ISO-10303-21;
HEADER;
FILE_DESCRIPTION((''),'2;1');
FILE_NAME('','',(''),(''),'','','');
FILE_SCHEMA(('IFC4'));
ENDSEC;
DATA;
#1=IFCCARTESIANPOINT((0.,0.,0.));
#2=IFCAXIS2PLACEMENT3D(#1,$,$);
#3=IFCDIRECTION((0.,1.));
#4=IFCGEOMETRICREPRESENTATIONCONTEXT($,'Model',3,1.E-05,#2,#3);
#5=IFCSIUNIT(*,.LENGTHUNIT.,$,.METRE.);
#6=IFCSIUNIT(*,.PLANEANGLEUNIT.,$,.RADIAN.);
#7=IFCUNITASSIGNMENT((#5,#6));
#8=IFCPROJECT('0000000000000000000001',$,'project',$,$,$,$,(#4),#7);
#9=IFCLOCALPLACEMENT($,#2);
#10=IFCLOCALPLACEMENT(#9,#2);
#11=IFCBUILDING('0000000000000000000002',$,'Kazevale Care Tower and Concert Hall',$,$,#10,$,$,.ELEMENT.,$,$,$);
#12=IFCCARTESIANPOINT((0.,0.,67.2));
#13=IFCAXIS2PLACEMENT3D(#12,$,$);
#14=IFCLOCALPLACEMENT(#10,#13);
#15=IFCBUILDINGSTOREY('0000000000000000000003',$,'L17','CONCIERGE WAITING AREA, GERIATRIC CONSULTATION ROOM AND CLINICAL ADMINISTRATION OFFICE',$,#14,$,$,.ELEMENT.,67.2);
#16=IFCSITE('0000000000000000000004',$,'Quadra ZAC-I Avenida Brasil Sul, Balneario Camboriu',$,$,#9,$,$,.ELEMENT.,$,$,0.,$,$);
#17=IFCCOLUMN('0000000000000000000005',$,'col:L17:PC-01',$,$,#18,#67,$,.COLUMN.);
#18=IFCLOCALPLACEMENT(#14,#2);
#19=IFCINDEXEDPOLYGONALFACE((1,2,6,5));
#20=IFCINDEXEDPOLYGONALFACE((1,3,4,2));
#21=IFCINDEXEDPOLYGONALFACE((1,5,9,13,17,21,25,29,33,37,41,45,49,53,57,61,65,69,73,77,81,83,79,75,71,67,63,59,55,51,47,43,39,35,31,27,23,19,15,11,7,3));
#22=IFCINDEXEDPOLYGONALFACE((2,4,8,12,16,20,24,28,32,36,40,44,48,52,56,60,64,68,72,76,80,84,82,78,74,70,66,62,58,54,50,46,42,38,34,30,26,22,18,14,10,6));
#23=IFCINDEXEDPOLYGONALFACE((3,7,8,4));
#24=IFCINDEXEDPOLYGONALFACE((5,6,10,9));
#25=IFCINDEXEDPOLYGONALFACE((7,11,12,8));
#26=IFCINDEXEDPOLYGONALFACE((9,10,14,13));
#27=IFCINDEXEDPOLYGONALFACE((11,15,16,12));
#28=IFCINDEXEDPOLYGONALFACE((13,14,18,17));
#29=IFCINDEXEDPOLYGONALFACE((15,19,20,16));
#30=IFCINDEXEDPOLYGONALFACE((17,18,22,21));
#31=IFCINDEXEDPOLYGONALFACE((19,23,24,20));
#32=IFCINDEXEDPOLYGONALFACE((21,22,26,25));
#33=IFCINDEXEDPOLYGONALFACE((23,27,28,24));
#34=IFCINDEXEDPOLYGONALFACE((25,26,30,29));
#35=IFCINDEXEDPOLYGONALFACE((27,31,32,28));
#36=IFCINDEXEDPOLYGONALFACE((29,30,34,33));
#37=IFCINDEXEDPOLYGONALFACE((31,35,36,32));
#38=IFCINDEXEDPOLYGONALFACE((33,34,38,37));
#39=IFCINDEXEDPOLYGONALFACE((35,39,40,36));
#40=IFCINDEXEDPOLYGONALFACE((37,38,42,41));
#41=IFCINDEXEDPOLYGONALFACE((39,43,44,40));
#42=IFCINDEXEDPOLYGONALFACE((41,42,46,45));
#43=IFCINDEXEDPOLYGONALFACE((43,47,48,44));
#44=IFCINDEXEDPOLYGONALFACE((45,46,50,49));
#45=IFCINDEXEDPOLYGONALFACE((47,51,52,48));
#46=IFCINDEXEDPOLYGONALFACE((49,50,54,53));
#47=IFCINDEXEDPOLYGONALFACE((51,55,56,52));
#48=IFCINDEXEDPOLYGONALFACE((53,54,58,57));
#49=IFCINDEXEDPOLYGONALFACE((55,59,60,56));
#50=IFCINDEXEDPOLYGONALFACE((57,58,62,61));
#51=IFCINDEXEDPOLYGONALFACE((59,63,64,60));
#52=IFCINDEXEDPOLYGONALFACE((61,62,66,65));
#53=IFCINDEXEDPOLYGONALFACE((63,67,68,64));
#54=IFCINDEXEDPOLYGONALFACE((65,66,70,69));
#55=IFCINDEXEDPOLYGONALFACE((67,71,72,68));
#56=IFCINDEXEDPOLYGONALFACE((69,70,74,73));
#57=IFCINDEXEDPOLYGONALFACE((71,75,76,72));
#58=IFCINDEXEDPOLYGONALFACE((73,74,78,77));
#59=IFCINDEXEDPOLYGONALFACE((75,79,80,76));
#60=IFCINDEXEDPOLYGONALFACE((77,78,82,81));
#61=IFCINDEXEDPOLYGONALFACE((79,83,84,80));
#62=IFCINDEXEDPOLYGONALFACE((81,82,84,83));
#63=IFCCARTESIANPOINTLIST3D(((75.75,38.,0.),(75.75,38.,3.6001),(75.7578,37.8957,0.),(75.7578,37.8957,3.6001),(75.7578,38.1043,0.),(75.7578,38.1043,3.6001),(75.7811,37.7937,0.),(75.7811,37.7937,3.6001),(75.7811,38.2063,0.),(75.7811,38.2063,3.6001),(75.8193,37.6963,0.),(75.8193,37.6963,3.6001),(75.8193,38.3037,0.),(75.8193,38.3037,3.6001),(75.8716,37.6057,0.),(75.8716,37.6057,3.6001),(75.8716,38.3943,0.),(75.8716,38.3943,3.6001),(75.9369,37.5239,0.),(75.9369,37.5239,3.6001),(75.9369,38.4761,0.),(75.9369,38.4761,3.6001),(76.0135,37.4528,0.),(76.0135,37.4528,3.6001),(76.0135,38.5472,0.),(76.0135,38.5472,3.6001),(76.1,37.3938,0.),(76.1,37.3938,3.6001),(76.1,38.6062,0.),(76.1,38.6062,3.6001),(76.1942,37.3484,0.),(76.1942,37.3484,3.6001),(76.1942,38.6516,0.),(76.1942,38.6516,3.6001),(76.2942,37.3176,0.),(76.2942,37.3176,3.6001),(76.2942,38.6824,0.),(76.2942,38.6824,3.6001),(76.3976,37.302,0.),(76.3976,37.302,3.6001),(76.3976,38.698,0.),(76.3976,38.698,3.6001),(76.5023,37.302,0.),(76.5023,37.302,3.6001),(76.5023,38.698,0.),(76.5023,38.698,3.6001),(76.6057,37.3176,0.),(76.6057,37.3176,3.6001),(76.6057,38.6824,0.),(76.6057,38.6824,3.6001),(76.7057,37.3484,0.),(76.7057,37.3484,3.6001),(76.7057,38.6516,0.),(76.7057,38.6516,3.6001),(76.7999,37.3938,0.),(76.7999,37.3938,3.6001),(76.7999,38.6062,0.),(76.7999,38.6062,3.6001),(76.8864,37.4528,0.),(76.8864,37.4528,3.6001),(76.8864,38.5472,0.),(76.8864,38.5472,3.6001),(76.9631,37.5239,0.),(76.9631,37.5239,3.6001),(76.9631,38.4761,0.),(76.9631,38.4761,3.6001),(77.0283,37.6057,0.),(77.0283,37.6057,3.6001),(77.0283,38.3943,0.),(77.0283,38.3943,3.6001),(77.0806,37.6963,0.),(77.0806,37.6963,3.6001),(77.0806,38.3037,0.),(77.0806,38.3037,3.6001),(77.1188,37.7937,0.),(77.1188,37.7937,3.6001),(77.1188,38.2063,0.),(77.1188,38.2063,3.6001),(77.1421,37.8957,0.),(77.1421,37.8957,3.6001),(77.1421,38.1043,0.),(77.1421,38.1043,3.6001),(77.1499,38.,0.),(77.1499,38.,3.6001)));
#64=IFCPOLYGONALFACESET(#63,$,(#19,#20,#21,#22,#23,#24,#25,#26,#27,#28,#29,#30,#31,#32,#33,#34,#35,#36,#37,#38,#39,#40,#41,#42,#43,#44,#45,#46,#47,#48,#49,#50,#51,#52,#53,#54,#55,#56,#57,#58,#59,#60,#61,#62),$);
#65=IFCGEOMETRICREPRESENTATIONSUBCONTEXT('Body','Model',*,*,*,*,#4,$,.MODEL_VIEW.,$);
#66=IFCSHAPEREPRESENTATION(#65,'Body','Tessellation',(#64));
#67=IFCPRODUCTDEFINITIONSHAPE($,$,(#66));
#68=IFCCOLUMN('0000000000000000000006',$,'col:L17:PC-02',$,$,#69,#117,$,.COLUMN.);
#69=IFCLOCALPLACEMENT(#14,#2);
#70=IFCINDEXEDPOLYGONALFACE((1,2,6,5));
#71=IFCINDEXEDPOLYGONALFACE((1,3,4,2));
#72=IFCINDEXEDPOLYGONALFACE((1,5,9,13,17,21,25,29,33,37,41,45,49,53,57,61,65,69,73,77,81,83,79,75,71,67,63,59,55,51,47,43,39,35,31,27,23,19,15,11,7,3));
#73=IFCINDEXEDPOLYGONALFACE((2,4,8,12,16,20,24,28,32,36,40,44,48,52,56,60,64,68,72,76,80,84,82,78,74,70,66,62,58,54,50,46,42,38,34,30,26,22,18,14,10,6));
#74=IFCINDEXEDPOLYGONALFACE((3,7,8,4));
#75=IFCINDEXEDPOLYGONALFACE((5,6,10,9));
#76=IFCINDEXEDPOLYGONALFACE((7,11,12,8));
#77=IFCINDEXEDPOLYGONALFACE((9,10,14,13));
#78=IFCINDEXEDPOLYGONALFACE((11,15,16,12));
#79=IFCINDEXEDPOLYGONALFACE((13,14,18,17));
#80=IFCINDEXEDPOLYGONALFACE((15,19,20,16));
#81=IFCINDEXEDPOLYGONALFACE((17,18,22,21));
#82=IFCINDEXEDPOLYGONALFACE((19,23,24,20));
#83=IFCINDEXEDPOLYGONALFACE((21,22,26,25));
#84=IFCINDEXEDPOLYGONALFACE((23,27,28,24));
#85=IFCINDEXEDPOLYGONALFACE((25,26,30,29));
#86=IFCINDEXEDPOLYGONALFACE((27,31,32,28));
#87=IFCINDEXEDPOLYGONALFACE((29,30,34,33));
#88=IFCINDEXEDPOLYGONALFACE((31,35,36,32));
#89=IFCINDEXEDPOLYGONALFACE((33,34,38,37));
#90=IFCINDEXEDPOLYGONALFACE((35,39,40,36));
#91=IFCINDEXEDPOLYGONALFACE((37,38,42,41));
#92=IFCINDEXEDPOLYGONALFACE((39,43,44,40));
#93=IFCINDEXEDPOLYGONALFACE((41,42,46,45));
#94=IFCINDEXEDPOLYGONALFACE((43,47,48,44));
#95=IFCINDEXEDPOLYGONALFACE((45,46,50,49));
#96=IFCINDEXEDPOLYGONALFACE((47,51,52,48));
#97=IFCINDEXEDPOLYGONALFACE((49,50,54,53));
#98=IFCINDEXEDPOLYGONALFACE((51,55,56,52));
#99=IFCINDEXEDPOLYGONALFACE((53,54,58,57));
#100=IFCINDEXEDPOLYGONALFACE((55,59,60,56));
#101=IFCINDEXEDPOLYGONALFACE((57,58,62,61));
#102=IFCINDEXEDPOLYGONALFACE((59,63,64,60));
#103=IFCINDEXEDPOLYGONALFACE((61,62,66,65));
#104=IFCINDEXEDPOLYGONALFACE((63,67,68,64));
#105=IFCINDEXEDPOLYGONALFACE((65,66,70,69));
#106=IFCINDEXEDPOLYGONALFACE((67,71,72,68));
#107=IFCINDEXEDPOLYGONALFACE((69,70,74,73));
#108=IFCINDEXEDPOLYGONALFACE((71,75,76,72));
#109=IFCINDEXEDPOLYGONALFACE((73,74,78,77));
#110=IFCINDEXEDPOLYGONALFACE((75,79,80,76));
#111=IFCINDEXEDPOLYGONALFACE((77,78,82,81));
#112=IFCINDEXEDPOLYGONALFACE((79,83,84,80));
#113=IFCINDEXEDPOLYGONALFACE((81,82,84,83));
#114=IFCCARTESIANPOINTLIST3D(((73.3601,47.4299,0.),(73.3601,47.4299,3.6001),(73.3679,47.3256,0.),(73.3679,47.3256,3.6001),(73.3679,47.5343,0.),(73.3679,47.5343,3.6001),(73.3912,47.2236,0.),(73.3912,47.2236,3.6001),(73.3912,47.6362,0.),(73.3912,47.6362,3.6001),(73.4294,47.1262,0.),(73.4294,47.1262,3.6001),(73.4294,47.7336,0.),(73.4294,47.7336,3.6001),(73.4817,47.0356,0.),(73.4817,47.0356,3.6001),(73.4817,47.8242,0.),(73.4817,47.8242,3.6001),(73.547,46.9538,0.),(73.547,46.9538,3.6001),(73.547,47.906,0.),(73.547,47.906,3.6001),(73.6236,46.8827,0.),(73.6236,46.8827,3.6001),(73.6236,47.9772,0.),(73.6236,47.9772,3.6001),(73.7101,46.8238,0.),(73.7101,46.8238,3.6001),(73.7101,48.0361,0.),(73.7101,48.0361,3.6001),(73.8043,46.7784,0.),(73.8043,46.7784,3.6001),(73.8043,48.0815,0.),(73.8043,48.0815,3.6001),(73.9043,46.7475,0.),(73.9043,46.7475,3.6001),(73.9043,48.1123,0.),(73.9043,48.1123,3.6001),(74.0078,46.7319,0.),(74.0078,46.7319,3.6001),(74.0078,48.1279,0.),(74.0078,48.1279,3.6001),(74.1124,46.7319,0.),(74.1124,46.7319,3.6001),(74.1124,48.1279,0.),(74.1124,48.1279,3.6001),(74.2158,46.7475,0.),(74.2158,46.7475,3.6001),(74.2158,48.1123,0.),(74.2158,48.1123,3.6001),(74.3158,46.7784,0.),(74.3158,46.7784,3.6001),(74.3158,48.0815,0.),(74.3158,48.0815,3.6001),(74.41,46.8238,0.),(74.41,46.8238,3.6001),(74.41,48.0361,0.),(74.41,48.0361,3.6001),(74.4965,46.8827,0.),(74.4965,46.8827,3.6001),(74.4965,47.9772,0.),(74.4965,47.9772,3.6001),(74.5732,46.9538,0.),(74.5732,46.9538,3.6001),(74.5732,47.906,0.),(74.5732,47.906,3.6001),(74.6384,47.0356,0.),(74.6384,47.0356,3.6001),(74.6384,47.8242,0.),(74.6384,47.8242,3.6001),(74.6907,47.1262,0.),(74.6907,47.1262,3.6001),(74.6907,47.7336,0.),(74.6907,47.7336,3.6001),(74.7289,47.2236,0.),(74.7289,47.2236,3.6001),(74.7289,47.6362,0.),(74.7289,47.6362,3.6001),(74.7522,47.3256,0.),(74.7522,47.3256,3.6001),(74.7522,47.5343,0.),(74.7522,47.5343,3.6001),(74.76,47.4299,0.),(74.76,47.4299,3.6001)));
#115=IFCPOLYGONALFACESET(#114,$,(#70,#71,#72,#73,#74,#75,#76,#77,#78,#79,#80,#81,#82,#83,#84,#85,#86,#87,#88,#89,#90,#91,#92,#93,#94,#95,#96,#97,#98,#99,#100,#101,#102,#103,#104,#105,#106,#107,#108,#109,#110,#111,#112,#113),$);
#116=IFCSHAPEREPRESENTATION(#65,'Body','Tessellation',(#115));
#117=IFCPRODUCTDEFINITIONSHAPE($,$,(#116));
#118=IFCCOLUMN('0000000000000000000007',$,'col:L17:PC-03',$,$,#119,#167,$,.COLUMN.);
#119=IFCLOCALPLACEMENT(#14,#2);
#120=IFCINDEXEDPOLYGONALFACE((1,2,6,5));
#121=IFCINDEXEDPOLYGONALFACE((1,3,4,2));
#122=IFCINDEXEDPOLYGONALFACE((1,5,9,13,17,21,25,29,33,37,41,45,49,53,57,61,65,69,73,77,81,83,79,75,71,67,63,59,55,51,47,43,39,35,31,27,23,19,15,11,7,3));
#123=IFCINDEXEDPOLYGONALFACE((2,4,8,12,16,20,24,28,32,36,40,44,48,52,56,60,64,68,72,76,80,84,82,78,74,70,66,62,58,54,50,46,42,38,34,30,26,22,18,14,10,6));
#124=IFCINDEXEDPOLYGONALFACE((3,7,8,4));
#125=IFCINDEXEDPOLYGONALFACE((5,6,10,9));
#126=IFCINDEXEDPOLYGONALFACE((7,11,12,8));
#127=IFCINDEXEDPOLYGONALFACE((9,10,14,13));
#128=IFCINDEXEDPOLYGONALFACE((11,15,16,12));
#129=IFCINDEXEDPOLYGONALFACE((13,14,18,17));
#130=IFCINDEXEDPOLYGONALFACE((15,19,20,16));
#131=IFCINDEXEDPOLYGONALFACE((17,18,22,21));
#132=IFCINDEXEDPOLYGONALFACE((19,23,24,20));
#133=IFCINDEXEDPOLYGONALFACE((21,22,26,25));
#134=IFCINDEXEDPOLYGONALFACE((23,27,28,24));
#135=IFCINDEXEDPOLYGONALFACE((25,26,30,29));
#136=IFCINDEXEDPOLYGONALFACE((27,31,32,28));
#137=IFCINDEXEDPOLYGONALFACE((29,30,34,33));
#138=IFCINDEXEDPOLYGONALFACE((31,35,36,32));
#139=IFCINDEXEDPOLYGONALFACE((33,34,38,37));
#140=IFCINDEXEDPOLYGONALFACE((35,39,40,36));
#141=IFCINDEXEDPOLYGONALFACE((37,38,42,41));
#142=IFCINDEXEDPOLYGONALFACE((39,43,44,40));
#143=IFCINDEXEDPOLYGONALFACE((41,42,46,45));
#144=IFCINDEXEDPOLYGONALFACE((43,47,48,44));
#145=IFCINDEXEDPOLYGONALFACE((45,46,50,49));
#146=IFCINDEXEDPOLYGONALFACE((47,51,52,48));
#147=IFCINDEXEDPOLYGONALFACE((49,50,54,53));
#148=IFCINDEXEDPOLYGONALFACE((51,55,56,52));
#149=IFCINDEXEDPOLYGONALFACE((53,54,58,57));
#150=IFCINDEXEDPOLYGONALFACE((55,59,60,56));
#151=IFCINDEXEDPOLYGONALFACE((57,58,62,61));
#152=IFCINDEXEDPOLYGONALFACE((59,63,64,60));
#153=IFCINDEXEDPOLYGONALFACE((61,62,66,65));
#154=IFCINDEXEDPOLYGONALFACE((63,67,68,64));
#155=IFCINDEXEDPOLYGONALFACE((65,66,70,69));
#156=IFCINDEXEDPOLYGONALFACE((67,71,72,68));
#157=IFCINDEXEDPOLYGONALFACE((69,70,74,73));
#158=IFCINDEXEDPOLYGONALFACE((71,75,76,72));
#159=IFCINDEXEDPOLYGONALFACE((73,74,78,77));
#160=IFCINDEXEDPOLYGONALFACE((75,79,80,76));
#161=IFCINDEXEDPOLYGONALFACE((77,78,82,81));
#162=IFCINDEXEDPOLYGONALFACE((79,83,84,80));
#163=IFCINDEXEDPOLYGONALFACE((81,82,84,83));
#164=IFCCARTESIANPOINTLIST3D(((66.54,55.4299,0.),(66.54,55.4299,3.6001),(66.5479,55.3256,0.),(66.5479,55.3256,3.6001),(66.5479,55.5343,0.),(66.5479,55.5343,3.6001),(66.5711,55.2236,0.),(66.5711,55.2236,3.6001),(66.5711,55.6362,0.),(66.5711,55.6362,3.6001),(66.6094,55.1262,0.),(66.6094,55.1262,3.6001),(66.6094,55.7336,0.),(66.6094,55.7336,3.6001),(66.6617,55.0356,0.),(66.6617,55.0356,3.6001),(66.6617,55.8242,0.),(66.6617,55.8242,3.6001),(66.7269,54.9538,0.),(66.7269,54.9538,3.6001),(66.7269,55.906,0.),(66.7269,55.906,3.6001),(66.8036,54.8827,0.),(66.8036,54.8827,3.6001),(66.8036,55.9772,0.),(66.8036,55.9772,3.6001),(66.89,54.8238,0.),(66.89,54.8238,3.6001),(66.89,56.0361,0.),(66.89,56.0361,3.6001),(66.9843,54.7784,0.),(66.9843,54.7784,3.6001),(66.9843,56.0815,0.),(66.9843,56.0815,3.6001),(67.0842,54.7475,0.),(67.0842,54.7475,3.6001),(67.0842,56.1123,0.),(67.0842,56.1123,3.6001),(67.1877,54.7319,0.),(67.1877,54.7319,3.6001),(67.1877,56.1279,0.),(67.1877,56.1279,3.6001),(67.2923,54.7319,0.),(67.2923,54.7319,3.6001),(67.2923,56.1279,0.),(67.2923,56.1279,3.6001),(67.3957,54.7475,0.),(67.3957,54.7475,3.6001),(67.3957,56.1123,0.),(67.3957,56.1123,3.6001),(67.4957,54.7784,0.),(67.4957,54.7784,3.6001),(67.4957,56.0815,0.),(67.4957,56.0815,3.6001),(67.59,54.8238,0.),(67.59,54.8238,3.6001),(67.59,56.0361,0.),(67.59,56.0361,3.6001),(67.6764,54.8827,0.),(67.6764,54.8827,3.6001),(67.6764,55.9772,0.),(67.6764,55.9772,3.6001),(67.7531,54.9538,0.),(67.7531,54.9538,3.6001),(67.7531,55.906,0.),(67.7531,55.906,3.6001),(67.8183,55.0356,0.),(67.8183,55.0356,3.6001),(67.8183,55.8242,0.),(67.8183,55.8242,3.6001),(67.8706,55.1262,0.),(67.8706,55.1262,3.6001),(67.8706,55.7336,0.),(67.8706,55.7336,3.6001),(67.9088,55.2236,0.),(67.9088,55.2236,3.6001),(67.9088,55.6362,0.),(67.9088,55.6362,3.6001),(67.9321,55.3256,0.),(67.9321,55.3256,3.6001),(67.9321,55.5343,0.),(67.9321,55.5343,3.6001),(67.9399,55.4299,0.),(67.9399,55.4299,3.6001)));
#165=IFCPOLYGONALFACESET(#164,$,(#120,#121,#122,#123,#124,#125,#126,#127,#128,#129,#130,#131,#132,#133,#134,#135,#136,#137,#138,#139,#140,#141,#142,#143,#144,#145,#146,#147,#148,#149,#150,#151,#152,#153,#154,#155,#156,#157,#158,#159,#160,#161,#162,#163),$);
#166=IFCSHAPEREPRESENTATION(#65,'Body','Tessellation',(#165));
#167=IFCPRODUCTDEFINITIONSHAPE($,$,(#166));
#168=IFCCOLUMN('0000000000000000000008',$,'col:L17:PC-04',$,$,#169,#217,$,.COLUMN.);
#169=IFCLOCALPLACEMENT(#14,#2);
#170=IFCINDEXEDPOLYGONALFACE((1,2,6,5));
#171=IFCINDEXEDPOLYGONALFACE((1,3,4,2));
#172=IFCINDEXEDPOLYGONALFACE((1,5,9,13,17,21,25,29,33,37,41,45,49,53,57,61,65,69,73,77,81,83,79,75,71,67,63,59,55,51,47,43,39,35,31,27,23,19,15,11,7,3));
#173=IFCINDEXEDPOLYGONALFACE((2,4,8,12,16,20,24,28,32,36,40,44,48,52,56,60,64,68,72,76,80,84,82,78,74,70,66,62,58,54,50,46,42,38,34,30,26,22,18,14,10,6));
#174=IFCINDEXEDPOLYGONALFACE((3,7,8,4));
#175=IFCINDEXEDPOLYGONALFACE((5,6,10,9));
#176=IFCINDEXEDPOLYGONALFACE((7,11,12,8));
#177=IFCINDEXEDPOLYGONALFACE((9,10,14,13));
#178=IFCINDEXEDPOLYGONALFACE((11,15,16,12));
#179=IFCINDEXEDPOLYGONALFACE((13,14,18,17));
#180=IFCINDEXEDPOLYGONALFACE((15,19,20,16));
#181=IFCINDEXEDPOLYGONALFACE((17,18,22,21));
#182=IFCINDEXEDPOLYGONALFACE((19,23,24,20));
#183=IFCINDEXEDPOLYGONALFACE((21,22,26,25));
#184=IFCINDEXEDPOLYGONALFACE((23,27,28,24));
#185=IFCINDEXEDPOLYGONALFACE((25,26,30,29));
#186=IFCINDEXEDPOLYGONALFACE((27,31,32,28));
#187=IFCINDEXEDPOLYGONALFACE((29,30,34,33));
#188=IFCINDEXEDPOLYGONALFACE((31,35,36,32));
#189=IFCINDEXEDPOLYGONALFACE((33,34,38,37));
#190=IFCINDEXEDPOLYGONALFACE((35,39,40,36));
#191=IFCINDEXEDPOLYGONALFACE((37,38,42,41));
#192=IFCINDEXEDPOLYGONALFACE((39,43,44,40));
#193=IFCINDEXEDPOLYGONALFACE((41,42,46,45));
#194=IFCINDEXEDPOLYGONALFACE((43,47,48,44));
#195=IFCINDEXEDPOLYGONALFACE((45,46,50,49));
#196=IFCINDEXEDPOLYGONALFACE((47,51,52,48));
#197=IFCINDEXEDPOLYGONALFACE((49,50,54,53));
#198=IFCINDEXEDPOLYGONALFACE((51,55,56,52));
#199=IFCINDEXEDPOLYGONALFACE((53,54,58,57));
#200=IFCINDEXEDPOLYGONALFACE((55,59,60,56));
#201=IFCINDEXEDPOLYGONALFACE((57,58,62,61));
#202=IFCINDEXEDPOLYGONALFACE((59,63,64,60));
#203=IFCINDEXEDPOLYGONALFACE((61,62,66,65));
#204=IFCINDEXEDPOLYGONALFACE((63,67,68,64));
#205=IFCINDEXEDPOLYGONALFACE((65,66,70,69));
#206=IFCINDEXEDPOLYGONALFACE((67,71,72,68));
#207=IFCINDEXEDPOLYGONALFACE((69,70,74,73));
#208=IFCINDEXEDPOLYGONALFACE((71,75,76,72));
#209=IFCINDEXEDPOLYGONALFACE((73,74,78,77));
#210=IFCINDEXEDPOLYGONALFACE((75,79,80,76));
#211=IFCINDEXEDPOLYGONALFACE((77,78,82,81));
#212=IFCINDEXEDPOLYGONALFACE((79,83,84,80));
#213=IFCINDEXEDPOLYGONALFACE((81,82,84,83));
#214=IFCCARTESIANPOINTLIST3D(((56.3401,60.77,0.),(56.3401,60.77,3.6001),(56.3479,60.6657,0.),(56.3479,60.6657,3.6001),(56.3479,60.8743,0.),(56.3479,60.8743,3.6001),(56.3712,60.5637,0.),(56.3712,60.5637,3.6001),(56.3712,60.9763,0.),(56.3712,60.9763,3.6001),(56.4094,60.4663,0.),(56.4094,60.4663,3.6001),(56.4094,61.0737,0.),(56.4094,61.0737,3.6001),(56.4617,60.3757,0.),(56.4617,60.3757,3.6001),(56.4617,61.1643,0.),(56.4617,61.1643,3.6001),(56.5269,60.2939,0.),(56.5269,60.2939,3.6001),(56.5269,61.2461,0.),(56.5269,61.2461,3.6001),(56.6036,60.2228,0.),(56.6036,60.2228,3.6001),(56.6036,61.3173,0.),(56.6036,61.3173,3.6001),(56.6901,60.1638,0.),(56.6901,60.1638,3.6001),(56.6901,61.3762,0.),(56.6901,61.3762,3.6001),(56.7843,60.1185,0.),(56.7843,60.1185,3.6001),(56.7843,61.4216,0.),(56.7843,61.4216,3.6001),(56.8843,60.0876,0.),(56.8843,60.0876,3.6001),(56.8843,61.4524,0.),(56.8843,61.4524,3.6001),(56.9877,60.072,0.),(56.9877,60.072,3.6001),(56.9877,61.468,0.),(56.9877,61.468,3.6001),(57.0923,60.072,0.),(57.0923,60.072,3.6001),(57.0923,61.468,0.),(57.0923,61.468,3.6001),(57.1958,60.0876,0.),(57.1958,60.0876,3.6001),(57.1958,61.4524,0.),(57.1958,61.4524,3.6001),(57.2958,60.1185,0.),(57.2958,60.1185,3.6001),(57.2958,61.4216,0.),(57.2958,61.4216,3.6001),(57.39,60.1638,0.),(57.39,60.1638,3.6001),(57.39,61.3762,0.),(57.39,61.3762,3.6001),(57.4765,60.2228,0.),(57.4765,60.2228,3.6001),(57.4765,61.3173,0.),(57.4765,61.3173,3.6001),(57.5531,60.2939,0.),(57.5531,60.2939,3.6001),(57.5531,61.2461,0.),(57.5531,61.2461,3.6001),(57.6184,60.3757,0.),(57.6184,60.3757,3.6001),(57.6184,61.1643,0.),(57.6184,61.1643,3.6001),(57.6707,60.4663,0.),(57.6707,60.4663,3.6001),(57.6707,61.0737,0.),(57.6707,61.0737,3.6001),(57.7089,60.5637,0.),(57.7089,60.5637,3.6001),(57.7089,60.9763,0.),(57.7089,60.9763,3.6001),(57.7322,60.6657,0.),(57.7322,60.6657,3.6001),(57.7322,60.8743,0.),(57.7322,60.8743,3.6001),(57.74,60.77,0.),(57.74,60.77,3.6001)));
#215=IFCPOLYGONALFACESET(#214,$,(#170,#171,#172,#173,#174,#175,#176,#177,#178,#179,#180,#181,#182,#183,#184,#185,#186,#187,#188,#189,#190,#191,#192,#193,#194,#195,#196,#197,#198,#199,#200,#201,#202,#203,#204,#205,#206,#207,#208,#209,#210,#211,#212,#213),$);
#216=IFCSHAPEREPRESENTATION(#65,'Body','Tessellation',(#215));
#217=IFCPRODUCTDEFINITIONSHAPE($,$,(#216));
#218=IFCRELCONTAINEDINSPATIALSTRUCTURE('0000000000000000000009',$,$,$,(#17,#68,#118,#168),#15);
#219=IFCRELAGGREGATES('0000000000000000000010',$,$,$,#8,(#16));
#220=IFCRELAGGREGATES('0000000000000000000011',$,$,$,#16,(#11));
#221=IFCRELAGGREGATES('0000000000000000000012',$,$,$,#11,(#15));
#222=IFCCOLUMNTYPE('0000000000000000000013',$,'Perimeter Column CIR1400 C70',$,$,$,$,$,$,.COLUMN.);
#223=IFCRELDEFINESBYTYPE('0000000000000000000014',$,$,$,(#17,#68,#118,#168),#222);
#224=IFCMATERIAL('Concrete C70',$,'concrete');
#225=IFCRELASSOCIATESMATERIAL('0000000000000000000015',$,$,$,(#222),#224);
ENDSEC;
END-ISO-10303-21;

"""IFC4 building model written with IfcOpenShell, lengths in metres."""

from ifc_helpers import new_model, si_unit, direction, frame, origin, origin_2d, place, context, subcontext, project, spatial, circle, extrude, material, material_profile, profile_set, type_object, element, save


model = new_model("IFC4")

# Units and contexts
model_context = context("Model", 3, precision=1e-05, world=origin(), true_north=direction((0.0, 1.0)))
body_context = subcontext(model_context, "Body", "Model", "MODEL_VIEW")
ifc_project = project(units=[si_unit("LENGTHUNIT", "METRE"), si_unit("PLANEANGLEUNIT", "RADIAN")], contexts=[model_context])

# Site, building, storey
site_placement = place(None, origin())
site = spatial("IfcSite", under=ifc_project, at=site_placement, Name="Quadra ZAC-I Avenida Brasil Sul, Balneario Camboriu", CompositionType="ELEMENT", RefElevation=0.0)
building_placement = place(site_placement, origin())
building = spatial("IfcBuilding", under=site, at=building_placement, Name="Kazevale Care Tower and Concert Hall", CompositionType="ELEMENT")
storey_placement = place(building_placement, frame((0.0, 0.0, 67.2)))
storey = spatial("IfcBuildingStorey", under=building, at=storey_placement, Name="L17", Description="CONCIERGE WAITING AREA, GERIATRIC CONSULTATION ROOM AND CLINICAL ADMINISTRATION OFFICE", CompositionType="ELEMENT", Elevation=67.2)

# Columns
ifc_material_1 = material(Name="Concrete C70", Category="concrete")
ifc_material_profile_1 = material_profile(ifc_material_1, circle(Radius=0.7, at=origin_2d()), Name="RC-CIR1400")
ifc_profile_set_1 = profile_set([ifc_material_profile_1], Name="Concrete C70")
column_type = type_object("IfcColumnType", Name="Perimeter Column CIR1400 C70", PredefinedType="COLUMN", material=ifc_profile_set_1)
for number, where, z_axis, x_axis, name in (
    (1, (76.45, 38.0, 0.0), (0.0, 0.0, 1.0), (1.0, 0.0, 0.0), "col:L17:PC-01"),
    (2, (74.0601, 47.4299, 0.0), (0.0, 0.0, 1.0), (1.0, 0.0, 0.0), "col:L17:PC-02"),
    (3, (67.24, 55.4299, 0.0), (0.0, 0.0, 1.0), (1.0, 0.0, 0.0), "col:L17:PC-03"),
    (4, (57.04, 60.77, 0.0), (0.0, 0.0, 1.0), (1.0, 0.0, 0.0), "col:L17:PC-04"),
):
    element("IfcColumn", number, at=place(storey_placement, frame(where, z_axis=z_axis, x_axis=x_axis)), inside=storey, type_object=column_type, Name=name, PredefinedType="COLUMN", context=body_context, shape_type="SweptSolid", body=[
        extrude(circle(Radius=0.7, at=origin_2d()), origin(), (0.0, 0.0, 1.0), 3.6001),
    ])

save(model, "model.ifc")
